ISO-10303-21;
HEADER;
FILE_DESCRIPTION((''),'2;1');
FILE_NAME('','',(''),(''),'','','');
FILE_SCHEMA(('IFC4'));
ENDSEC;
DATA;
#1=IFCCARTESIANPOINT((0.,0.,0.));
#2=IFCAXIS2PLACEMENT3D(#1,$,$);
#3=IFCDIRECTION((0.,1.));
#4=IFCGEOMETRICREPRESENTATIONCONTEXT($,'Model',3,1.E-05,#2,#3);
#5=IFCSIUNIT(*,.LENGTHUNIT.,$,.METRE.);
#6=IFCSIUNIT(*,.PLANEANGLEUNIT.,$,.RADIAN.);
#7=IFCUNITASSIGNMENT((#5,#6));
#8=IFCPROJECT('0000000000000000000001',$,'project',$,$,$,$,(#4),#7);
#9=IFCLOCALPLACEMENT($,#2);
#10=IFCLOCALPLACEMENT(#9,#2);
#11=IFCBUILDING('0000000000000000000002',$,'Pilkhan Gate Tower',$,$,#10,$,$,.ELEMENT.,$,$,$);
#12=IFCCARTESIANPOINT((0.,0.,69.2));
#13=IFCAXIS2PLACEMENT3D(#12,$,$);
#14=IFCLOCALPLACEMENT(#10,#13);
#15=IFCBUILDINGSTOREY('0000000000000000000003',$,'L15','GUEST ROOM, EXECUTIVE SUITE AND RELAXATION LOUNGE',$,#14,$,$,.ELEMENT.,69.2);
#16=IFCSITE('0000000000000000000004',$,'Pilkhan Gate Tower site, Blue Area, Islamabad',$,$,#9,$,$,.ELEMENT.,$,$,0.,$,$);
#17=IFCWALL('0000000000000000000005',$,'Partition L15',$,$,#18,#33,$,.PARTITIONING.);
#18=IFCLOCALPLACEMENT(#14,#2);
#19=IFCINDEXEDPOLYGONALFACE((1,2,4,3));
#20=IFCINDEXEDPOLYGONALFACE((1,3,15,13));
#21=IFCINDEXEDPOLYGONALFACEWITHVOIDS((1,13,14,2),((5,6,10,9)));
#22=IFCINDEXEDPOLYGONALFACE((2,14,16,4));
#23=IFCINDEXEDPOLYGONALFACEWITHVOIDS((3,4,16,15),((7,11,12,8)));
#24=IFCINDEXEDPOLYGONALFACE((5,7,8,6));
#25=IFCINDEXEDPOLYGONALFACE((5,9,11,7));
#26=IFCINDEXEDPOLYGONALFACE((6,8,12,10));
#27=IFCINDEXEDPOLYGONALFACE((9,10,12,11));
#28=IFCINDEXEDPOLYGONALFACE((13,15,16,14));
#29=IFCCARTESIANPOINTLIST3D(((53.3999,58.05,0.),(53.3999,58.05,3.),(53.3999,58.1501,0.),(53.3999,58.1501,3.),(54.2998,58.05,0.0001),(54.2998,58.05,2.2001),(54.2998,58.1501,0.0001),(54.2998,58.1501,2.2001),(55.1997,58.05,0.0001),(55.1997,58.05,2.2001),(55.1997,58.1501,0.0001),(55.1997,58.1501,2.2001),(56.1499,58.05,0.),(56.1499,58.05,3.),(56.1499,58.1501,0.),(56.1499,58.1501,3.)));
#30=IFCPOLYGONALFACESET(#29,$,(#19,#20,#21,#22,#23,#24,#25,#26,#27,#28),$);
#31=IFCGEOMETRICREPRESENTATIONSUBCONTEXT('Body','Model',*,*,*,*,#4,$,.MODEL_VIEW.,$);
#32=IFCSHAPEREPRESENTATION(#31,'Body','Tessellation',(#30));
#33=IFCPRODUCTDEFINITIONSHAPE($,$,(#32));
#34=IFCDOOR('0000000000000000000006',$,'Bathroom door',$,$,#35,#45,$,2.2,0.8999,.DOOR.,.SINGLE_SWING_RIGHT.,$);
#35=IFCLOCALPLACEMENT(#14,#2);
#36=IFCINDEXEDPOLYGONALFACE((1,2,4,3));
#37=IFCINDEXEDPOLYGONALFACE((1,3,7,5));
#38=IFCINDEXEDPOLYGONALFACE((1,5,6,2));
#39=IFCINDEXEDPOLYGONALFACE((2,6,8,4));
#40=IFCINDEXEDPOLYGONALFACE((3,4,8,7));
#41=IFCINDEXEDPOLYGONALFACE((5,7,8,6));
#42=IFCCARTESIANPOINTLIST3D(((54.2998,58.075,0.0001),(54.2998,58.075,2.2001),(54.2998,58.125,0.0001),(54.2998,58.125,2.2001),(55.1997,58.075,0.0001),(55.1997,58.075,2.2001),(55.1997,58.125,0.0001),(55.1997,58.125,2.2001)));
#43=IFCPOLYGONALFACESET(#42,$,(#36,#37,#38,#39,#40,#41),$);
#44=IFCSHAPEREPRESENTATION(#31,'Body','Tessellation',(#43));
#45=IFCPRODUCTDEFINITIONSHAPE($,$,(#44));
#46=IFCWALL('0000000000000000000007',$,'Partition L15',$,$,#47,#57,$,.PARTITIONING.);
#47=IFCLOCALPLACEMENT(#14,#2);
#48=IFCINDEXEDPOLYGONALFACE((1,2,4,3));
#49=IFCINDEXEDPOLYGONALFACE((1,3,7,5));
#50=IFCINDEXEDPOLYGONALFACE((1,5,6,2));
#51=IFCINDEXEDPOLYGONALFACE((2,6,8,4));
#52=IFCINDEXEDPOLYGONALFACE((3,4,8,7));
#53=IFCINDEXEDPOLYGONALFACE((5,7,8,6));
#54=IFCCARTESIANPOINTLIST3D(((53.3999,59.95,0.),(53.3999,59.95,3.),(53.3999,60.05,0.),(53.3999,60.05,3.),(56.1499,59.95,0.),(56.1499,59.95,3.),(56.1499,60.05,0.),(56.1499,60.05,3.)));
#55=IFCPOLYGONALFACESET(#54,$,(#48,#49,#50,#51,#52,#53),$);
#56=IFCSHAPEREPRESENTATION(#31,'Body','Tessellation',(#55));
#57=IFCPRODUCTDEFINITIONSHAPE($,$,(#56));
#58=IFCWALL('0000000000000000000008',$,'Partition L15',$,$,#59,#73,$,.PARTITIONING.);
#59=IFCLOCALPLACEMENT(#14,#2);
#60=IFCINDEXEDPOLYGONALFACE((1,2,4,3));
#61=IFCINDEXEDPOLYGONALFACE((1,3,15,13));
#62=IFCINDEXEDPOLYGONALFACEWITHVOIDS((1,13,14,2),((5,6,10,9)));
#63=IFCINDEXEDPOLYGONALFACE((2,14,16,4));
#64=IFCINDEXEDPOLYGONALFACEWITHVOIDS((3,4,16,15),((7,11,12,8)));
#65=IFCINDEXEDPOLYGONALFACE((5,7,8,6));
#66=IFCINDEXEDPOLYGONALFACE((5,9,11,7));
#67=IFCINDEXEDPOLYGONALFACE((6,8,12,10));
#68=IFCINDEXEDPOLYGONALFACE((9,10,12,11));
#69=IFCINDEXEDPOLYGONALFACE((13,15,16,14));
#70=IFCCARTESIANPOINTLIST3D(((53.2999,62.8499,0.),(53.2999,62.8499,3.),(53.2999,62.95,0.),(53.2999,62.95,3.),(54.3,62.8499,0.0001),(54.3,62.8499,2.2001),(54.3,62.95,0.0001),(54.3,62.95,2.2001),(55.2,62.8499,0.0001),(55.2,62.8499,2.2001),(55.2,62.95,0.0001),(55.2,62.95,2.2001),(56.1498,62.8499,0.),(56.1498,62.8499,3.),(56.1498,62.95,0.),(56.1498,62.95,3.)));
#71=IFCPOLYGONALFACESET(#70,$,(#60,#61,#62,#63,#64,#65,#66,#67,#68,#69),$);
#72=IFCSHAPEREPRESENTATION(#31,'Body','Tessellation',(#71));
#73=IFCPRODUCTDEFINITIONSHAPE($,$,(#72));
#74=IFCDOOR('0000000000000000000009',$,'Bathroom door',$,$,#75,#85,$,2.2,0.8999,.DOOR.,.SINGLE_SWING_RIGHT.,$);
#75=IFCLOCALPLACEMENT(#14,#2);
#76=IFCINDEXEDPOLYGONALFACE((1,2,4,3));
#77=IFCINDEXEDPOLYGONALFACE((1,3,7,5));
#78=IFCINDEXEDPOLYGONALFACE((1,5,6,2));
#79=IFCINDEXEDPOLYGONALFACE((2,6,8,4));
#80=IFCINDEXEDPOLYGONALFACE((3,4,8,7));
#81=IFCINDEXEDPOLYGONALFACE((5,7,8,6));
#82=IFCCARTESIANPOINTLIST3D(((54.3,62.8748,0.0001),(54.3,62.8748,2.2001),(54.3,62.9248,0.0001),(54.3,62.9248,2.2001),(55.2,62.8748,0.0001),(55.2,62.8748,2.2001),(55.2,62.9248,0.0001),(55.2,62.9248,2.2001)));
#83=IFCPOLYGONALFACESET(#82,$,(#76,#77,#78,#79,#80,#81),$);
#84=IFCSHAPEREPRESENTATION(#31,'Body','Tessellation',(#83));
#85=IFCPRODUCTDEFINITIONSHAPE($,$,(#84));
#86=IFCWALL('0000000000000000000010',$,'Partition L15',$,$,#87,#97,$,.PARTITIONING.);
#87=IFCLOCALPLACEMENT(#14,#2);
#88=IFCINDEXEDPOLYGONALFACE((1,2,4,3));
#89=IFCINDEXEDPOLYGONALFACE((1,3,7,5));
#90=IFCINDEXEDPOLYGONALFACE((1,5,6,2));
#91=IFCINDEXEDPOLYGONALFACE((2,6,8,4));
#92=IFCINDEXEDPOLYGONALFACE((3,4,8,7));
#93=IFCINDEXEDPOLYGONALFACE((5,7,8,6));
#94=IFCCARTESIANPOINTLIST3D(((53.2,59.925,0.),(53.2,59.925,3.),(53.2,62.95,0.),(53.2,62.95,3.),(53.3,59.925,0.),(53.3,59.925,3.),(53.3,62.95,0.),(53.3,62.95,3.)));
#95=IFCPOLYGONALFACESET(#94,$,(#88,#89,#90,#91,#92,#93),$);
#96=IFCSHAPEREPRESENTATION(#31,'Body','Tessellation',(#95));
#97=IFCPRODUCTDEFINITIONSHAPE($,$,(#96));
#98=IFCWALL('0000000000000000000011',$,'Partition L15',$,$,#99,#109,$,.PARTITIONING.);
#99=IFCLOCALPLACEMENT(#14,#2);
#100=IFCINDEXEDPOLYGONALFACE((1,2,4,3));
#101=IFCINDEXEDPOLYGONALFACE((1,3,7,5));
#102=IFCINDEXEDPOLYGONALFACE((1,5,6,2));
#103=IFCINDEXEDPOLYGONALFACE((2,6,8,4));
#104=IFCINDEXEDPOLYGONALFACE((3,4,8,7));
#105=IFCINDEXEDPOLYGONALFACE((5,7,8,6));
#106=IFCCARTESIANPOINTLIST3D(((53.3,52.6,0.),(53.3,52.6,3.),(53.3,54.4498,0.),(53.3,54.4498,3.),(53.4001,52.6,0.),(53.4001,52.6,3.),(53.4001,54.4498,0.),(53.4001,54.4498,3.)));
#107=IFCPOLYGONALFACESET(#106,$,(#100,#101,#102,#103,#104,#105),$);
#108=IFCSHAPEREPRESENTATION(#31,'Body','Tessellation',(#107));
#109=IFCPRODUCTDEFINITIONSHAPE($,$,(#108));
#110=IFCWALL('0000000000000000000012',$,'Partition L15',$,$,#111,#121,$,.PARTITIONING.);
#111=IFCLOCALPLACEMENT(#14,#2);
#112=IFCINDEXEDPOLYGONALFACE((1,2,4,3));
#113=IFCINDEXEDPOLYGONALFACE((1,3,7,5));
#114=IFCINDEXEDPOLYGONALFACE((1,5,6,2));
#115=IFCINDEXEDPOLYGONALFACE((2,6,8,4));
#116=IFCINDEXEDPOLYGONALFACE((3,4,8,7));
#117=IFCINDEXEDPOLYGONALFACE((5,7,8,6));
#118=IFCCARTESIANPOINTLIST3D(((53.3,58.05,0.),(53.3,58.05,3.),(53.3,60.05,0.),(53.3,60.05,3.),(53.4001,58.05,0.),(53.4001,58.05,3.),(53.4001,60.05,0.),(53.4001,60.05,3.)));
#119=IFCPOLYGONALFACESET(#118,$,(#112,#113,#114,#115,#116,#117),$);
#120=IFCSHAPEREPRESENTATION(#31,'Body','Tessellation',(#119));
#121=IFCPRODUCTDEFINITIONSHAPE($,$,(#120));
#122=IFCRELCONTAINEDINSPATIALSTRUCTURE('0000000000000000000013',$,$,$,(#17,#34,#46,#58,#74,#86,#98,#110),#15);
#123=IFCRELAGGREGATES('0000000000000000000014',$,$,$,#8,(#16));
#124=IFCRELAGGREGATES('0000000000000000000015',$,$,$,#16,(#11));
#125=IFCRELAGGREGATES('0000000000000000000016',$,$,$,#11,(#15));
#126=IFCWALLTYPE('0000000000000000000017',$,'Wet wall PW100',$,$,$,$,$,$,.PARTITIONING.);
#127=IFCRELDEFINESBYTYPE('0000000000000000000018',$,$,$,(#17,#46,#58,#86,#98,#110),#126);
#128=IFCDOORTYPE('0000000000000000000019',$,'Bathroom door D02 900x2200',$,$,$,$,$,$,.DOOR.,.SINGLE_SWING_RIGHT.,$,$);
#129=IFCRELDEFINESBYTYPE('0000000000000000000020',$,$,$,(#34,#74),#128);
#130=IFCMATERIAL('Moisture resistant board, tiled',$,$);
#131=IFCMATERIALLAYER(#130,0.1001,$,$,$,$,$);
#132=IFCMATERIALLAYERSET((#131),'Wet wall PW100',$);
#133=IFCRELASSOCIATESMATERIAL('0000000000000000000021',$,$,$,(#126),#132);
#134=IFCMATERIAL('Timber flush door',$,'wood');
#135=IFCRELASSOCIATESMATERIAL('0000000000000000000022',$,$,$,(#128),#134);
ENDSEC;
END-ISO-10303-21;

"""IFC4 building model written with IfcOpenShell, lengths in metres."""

from ifc_helpers import new_model, si_unit, direction, frame, frame_2d, origin, place, context, subcontext, project, spatial, rectangle, extrude, material, layer, layer_set, type_object, element, fill, save


model = new_model("IFC4")

# Units and contexts
model_context = context("Model", 3, precision=1e-05, world=origin(), true_north=direction((0.0, 1.0)))
body_context = subcontext(model_context, "Body", "Model", "MODEL_VIEW")
ifc_project = project(units=[si_unit("LENGTHUNIT", "METRE"), si_unit("PLANEANGLEUNIT", "RADIAN")], contexts=[model_context])

# Site, building, storey
site_placement = place(None, origin())
site = spatial("IfcSite", under=ifc_project, at=site_placement, Name="Pilkhan Gate Tower site, Blue Area, Islamabad", CompositionType="ELEMENT", RefElevation=0.0)
building_placement = place(site_placement, origin())
building = spatial("IfcBuilding", under=site, at=building_placement, Name="Pilkhan Gate Tower", CompositionType="ELEMENT")
storey_placement = place(building_placement, frame((0.0, 0.0, 69.2)))
storey = spatial("IfcBuildingStorey", under=building, at=storey_placement, Name="L15", Description="GUEST ROOM, EXECUTIVE SUITE AND RELAXATION LOUNGE", CompositionType="ELEMENT", Elevation=69.2)

# Wall, opening, door
ifc_material_1 = material(Name="Moisture resistant board, tiled")
ifc_layer_1 = layer(ifc_material_1, 0.1001)
ifc_layer_set_1 = layer_set([ifc_layer_1], Name="Wet wall PW100")
wall_type_1 = type_object("IfcWallType", Name="Wet wall PW100", PredefinedType="PARTITIONING", material=ifc_layer_set_1)
ifc_material_2 = material(Name="Timber flush door", Category="wood")
door_type = type_object("IfcDoorType", Name="Bathroom door D02 900x2200", OperationType="SINGLE_SWING_RIGHT", PredefinedType="DOOR", material=ifc_material_2)
wall_1_placement = place(storey_placement, frame((53.3999, 58.1001, 0.0), z_axis=(0.0, 0.0, 1.0), x_axis=(1.0, 0.0, 0.0)))
wall_1 = element("IfcWall", 1, at=wall_1_placement, inside=storey, type_object=wall_type_1, Name="Partition L15", PredefinedType="PARTITIONING", context=body_context, shape_type="SweptSolid", body=[
    extrude(rectangle(XDim=2.75, YDim=0.1001, at=frame_2d((1.375, 0.0))), origin(), (0.0, 0.0, 1.0), 3.0),
])
opening_1_placement = place(wall_1_placement, frame((0.8999, 0.0, 0.0)))
opening_1 = element("IfcOpeningElement", 2, at=opening_1_placement, cuts=wall_1, PredefinedType="OPENING", context=body_context, shape_type="SweptSolid", body=[
    extrude(rectangle(XDim=0.8999, YDim=2.2, at=frame_2d((0.45, 1.1001))), frame((0.0, 0.0601, 0.0), z_axis=(0.0, -1.0, 0.0), x_axis=(1.0, 0.0, 0.0)), (0.0, 0.0, 1.0), 0.1201),
])
door_1_placement = place(opening_1_placement, origin())
door_1 = element("IfcDoor", 3, at=door_1_placement, inside=storey, type_object=door_type, Name="Bathroom door", OperationType="SINGLE_SWING_RIGHT", OverallHeight=2.2, OverallWidth=0.8999, PredefinedType="DOOR", context=body_context, shape_type="SweptSolid", body=[
    extrude(rectangle(XDim=0.8999, YDim=2.2, at=frame_2d((0.45, 1.1001))), frame((0.0, 0.0249, 0.0), z_axis=(0.0, -1.0, 0.0), x_axis=(1.0, 0.0, 0.0)), (0.0, 0.0, 1.0), 0.05),
])
fill(opening_1, door_1)

# Wall
wall_2_placement = place(storey_placement, frame((53.3999, 60.0, 0.0), z_axis=(0.0, 0.0, 1.0), x_axis=(1.0, 0.0, 0.0)))
element("IfcWall", 4, at=wall_2_placement, inside=storey, type_object=wall_type_1, Name="Partition L15", PredefinedType="PARTITIONING", context=body_context, shape_type="SweptSolid", body=[
    extrude(rectangle(XDim=2.75, YDim=0.1001, at=frame_2d((1.375, 0.0))), origin(), (0.0, 0.0, 1.0), 3.0),
])

# Wall, opening, door
wall_3_placement = place(storey_placement, frame((53.3, 62.8999, 0.0), z_axis=(0.0, 0.0, 1.0), x_axis=(1.0, 0.0, 0.0)))
wall_3 = element("IfcWall", 5, at=wall_3_placement, inside=storey, type_object=wall_type_1, Name="Partition L15", PredefinedType="PARTITIONING", context=body_context, shape_type="SweptSolid", body=[
    extrude(rectangle(XDim=2.8499, YDim=0.1001, at=frame_2d((1.4248, 0.0))), origin(), (0.0, 0.0, 1.0), 3.0),
])
opening_2_placement = place(wall_3_placement, frame((1.0, 0.0, 0.0)))
opening_2 = element("IfcOpeningElement", 6, at=opening_2_placement, cuts=wall_3, PredefinedType="OPENING", context=body_context, shape_type="SweptSolid", body=[
    extrude(rectangle(XDim=0.8999, YDim=2.2, at=frame_2d((0.45, 1.1001))), frame((0.0, 0.0601, 0.0), z_axis=(0.0, -1.0, 0.0), x_axis=(1.0, 0.0, 0.0)), (0.0, 0.0, 1.0), 0.1201),
])
door_2_placement = place(opening_2_placement, origin())
door_2 = element("IfcDoor", 7, at=door_2_placement, inside=storey, type_object=door_type, Name="Bathroom door", OperationType="SINGLE_SWING_RIGHT", OverallHeight=2.2, OverallWidth=0.8999, PredefinedType="DOOR", context=body_context, shape_type="SweptSolid", body=[
    extrude(rectangle(XDim=0.8999, YDim=2.2, at=frame_2d((0.45, 1.1001))), frame((0.0, 0.0249, 0.0), z_axis=(0.0, -1.0, 0.0), x_axis=(1.0, 0.0, 0.0)), (0.0, 0.0, 1.0), 0.05),
])
fill(opening_2, door_2)

# Walls
wall_4_placement = place(storey_placement, frame((53.25, 59.925, 0.0), z_axis=(0.0, 0.0, 1.0), x_axis=(0.0, 1.0, 0.0)))
element("IfcWall", 8, at=wall_4_placement, inside=storey, type_object=wall_type_1, Name="Partition L15", PredefinedType="PARTITIONING", context=body_context, shape_type="SweptSolid", body=[
    extrude(rectangle(XDim=3.0249, YDim=0.1001, at=frame_2d((1.5125, 0.0))), origin(), (0.0, 0.0, 1.0), 3.0),
])
wall_5_placement = place(storey_placement, frame((53.3501, 52.6001, 0.0), z_axis=(0.0, 0.0, 1.0), x_axis=(0.0, 1.0, 0.0)))
element("IfcWall", 9, at=wall_5_placement, inside=storey, type_object=wall_type_1, Name="Partition L15", PredefinedType="PARTITIONING", context=body_context, shape_type="SweptSolid", body=[
    extrude(rectangle(XDim=1.8499, YDim=0.1001, at=frame_2d((0.9248, 0.0))), origin(), (0.0, 0.0, 1.0), 3.0),
])
wall_6_placement = place(storey_placement, frame((53.3501, 58.05, 0.0), z_axis=(0.0, 0.0, 1.0), x_axis=(0.0, 1.0, 0.0)))
element("IfcWall", 10, at=wall_6_placement, inside=storey, type_object=wall_type_1, Name="Partition L15", PredefinedType="PARTITIONING", context=body_context, shape_type="SweptSolid", body=[
    extrude(rectangle(XDim=2.0, YDim=0.1001, at=frame_2d((1.0, 0.0))), origin(), (0.0, 0.0, 1.0), 3.0),
])

save(model, "model.ifc")
